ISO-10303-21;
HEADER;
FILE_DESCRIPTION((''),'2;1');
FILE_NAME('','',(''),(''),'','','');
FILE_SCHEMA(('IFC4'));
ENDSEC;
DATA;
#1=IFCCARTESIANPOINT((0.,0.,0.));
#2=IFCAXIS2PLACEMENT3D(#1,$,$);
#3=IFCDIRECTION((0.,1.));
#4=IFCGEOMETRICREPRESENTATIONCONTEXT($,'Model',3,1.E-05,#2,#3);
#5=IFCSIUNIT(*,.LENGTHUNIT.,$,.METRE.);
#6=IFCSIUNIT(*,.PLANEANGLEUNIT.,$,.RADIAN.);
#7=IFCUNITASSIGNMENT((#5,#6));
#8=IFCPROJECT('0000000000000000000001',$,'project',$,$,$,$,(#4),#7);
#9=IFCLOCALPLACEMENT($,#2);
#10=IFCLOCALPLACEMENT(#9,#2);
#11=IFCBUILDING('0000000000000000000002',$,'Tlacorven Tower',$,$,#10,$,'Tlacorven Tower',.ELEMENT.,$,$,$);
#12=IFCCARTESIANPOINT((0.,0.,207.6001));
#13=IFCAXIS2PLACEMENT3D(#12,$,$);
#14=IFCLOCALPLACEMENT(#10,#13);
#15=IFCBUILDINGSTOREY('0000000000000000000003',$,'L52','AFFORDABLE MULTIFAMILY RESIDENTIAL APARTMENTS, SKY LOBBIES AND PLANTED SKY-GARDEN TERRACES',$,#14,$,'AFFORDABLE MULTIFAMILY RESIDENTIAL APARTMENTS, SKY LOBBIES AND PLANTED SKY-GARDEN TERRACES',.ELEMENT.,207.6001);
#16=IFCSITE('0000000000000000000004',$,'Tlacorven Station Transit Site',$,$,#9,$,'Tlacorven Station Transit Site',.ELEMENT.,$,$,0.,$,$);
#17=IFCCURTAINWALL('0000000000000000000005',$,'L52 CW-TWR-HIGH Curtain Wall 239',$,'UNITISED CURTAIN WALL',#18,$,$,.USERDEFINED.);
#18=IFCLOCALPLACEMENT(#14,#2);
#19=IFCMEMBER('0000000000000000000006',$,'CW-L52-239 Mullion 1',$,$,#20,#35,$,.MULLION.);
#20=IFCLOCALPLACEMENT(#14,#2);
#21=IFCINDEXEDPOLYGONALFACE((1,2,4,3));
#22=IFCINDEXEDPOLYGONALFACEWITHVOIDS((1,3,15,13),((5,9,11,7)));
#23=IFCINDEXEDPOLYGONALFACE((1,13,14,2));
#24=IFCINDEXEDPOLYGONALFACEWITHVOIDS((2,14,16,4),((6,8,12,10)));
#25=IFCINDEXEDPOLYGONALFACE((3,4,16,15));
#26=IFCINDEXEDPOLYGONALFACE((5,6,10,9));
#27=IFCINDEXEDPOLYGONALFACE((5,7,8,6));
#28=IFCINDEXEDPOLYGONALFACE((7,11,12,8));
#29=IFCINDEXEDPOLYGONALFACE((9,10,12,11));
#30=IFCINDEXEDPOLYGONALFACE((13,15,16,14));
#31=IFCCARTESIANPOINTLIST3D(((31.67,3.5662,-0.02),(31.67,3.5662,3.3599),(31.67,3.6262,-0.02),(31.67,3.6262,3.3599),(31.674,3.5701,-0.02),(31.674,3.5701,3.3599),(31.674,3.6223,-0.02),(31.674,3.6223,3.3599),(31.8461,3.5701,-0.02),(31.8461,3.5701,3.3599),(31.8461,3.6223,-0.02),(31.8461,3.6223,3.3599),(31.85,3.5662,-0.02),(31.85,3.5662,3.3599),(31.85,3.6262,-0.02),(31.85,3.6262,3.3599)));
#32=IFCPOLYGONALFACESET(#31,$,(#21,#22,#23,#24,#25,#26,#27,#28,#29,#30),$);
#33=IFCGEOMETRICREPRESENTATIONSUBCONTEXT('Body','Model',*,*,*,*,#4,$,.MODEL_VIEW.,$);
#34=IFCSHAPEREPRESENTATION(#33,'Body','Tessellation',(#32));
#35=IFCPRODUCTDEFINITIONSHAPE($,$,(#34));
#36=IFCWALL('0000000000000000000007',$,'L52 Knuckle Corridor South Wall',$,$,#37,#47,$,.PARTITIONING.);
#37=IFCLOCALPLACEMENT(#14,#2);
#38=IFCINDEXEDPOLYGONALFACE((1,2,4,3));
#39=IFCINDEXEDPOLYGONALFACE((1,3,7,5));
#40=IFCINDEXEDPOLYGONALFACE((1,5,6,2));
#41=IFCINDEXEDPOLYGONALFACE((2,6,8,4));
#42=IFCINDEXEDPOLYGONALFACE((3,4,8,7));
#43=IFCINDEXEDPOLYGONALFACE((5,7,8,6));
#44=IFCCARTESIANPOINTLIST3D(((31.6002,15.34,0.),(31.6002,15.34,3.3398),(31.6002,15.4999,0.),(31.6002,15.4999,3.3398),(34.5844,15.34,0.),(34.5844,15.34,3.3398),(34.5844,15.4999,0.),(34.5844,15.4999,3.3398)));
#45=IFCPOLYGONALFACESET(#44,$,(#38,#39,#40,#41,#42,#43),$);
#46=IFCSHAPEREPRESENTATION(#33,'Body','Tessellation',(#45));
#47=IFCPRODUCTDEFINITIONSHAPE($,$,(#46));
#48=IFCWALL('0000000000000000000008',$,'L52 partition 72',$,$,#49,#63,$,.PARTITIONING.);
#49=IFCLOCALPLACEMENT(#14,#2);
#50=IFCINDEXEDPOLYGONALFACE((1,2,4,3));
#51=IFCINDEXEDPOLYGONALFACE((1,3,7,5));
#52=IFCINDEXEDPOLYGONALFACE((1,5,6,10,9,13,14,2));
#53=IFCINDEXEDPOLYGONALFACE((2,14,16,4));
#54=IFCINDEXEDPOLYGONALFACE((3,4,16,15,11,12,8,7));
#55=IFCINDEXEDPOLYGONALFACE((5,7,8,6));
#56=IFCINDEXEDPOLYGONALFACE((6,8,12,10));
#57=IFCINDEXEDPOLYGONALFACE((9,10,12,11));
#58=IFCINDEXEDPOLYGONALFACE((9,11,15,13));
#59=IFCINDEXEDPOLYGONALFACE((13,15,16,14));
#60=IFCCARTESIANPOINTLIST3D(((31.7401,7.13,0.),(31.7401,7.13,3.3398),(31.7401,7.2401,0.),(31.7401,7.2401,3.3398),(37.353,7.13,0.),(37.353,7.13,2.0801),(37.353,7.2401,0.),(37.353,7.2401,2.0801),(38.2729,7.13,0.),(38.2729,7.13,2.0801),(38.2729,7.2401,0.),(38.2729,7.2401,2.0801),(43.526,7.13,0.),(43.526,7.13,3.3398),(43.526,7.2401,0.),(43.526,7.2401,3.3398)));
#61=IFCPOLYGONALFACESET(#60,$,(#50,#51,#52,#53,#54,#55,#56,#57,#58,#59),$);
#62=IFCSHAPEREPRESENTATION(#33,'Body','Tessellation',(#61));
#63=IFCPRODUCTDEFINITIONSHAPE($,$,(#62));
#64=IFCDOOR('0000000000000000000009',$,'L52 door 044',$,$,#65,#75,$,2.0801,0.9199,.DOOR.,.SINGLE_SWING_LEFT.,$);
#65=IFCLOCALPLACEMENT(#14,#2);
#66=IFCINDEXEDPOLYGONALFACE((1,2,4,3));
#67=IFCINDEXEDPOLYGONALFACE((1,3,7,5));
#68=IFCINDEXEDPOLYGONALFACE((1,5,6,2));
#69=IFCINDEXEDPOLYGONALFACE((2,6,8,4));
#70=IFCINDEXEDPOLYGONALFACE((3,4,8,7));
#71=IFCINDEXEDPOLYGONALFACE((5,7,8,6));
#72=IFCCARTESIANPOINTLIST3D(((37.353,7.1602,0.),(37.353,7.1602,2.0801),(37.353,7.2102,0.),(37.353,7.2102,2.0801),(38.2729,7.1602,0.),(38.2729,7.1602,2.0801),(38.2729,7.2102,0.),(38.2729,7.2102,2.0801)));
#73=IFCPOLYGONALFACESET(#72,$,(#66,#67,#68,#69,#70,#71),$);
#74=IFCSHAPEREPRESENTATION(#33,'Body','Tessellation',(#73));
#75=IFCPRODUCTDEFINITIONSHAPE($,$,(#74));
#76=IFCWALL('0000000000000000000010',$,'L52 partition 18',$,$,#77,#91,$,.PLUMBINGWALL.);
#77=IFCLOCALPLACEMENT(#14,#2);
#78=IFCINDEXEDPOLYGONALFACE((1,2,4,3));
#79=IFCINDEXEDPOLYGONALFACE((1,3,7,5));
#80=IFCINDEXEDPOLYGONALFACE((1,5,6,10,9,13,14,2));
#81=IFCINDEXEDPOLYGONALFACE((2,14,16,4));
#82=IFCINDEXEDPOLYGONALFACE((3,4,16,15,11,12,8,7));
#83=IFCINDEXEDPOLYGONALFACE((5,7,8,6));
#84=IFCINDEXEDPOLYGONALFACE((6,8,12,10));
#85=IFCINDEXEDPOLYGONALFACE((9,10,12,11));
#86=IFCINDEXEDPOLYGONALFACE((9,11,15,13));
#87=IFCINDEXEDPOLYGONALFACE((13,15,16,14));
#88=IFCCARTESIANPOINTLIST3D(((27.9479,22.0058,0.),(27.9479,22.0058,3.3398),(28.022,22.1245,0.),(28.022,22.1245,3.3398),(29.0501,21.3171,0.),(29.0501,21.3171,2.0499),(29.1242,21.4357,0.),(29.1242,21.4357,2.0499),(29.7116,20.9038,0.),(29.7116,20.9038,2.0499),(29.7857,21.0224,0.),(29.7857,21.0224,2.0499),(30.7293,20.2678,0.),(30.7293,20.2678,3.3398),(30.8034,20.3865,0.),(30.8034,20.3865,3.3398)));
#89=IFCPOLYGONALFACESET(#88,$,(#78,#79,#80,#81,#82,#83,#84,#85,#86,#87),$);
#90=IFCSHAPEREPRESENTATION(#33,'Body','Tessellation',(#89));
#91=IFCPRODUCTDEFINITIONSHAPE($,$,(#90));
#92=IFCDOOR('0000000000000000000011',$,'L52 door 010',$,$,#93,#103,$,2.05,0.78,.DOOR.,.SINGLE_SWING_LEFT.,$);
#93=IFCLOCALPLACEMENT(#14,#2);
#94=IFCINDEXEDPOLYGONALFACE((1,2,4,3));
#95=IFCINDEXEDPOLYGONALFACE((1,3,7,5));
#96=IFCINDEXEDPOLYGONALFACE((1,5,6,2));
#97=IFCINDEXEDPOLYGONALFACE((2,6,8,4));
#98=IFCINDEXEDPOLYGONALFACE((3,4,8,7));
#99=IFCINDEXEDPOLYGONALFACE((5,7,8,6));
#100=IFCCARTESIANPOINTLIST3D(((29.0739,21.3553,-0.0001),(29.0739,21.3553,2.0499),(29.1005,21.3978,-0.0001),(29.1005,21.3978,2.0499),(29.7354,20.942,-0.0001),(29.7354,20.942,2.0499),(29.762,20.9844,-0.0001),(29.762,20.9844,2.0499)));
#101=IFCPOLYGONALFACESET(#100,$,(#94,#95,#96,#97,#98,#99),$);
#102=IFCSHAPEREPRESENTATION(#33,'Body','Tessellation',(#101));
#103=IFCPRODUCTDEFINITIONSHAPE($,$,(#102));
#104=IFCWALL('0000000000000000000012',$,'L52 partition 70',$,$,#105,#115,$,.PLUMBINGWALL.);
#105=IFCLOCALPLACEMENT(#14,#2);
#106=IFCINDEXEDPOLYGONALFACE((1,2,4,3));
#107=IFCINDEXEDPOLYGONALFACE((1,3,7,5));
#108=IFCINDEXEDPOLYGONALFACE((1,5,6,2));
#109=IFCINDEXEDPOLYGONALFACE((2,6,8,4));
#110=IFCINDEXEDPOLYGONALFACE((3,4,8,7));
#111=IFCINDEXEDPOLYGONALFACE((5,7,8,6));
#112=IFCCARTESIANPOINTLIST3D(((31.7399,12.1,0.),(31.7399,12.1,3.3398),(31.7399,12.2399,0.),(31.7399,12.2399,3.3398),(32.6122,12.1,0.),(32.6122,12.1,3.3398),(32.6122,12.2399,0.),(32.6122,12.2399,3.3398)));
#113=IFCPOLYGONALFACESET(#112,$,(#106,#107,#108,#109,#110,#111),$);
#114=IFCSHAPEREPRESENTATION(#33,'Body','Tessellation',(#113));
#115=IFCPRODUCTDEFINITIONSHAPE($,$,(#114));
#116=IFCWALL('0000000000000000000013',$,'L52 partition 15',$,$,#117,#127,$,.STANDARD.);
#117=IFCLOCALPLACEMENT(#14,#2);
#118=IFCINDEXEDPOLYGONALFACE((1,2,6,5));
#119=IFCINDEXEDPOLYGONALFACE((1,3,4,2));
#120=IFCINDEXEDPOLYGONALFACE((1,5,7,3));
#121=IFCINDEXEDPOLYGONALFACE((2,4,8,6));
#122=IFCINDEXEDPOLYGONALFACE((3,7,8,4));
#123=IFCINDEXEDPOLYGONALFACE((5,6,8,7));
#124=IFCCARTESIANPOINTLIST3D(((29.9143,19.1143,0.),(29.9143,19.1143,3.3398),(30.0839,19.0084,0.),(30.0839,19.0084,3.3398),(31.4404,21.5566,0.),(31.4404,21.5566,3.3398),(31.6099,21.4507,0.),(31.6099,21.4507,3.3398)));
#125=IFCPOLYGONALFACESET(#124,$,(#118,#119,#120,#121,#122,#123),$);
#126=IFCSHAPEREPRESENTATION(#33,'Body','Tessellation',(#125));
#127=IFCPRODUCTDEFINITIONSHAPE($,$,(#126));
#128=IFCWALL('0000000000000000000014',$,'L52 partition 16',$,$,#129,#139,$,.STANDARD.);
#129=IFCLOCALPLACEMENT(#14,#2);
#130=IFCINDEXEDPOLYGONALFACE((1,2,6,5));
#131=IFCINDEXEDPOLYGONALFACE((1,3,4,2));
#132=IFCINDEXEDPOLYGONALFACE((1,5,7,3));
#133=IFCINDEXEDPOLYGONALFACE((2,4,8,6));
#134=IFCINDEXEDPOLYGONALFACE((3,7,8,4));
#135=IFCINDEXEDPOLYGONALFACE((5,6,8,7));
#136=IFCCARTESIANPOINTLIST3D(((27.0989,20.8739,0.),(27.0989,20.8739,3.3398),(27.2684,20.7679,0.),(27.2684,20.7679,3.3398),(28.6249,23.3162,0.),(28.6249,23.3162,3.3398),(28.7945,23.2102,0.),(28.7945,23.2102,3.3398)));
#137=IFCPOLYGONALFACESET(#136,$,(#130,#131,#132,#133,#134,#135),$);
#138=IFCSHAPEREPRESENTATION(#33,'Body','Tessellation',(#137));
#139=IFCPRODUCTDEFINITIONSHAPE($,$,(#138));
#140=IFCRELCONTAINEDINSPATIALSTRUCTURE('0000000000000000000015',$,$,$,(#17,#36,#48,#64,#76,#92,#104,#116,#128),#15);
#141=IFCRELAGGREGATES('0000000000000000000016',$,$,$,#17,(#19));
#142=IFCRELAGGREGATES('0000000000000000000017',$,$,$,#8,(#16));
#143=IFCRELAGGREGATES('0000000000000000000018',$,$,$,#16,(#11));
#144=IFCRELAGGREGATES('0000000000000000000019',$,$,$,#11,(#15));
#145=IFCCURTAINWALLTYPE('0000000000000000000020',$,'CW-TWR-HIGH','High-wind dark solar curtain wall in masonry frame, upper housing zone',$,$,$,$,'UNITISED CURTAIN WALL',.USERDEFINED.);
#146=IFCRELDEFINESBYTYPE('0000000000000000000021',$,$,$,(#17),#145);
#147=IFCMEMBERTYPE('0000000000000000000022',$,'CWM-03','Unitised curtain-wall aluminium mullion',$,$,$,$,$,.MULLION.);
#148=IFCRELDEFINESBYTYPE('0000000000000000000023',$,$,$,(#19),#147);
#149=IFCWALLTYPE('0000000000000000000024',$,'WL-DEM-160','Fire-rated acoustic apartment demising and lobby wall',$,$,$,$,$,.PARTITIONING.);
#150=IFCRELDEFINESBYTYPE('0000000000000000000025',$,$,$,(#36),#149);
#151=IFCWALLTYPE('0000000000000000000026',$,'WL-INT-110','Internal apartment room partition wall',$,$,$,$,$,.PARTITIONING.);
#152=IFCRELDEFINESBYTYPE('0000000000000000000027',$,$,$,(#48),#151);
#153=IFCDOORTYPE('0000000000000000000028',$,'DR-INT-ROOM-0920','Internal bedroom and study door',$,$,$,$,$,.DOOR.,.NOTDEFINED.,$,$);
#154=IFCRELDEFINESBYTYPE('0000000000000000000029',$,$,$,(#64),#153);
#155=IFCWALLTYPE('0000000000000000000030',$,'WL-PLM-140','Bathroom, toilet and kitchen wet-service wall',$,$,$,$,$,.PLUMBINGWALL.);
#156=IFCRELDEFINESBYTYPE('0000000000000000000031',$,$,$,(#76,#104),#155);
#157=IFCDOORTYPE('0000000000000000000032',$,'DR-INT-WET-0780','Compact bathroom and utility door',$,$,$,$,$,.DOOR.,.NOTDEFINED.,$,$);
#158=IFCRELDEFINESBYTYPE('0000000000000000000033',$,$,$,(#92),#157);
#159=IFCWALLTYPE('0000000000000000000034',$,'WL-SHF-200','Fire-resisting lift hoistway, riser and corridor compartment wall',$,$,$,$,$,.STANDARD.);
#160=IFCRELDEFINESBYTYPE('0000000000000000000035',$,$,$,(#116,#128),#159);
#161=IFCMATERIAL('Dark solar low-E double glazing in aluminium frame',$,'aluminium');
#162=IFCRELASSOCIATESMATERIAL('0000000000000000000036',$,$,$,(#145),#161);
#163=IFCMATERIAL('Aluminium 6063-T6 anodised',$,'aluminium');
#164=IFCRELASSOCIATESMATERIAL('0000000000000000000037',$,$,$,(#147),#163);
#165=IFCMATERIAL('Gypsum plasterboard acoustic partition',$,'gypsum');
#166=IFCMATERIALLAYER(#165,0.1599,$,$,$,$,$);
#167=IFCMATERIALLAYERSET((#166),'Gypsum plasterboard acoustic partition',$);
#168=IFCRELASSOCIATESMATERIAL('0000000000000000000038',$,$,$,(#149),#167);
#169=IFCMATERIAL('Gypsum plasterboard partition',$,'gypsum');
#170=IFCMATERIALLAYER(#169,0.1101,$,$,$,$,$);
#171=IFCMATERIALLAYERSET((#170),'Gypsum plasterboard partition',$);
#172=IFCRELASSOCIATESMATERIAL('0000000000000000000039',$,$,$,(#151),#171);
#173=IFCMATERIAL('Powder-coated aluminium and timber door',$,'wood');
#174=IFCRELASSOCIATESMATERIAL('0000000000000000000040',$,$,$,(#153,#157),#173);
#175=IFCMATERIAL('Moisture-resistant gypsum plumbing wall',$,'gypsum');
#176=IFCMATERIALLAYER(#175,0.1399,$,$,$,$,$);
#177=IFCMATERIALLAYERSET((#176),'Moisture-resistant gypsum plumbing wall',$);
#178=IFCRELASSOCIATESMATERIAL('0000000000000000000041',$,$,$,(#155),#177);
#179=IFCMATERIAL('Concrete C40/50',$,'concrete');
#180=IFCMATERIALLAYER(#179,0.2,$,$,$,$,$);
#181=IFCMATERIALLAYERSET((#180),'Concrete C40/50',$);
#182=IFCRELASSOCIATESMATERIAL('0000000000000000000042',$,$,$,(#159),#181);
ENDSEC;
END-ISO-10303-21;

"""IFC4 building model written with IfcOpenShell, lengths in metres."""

from ifc_helpers import new_model, si_unit, direction, frame, frame_2d, origin, origin_2d, place, context, subcontext, project, spatial, rectangle, hollow_rectangle, extrude, source, transform, mapped, material, layer, layer_set, material_profile, profile_set, type_object, element, fill, aggregate, save


model = new_model("IFC4")

# Units and contexts
model_context = context("Model", 3, precision=1e-05, world=origin(), true_north=direction((0.0, 1.0)))
body_context = subcontext(model_context, "Body", "Model", "MODEL_VIEW")
ifc_project = project(units=[si_unit("LENGTHUNIT", "METRE"), si_unit("PLANEANGLEUNIT", "RADIAN")], contexts=[model_context])

# Site, building, storey
site_placement = place(None, origin())
site = spatial("IfcSite", under=ifc_project, at=site_placement, Name="Tlacorven Station Transit Site", LongName="Tlacorven Station Transit Site", CompositionType="ELEMENT", RefElevation=0.0)
building_placement = place(site_placement, origin())
building = spatial("IfcBuilding", under=site, at=building_placement, Name="Tlacorven Tower", LongName="Tlacorven Tower", CompositionType="ELEMENT")
storey_placement = place(building_placement, frame((0.0, 0.0, 207.6001)))
storey = spatial("IfcBuildingStorey", under=building, at=storey_placement, Name="L52", Description="AFFORDABLE MULTIFAMILY RESIDENTIAL APARTMENTS, SKY LOBBIES AND PLANTED SKY-GARDEN TERRACES", LongName="AFFORDABLE MULTIFAMILY RESIDENTIAL APARTMENTS, SKY LOBBIES AND PLANTED SKY-GARDEN TERRACES", CompositionType="ELEMENT", Elevation=207.6001)

# Curtain wall, member
ifc_material_1 = material(Name="Dark solar low-E double glazing in aluminium frame", Category="aluminium")
curtain_wall_type = type_object("IfcCurtainWallType", Name="CW-TWR-HIGH", Description="High-wind dark solar curtain wall in masonry frame, upper housing zone", ElementType="UNITISED CURTAIN WALL", PredefinedType="USERDEFINED", material=ifc_material_1)
curtain_wall_placement = place(storey_placement, origin())
curtain_wall = element("IfcCurtainWall", 1, at=curtain_wall_placement, inside=storey, type_object=curtain_wall_type, Name="L52 CW-TWR-HIGH Curtain Wall 239", ObjectType="UNITISED CURTAIN WALL", PredefinedType="USERDEFINED")
ifc_material_2 = material(Name="Aluminium 6063-T6 anodised", Category="aluminium")
ifc_material_profile = material_profile(ifc_material_2, hollow_rectangle(XDim=0.0601, YDim=0.1799, WallThickness=0.0039, at=origin_2d()), Name="ALU MULLION 60X180")
ifc_profile_set = profile_set([ifc_material_profile], Name="Aluminium 6063-T6 anodised")
member_type = type_object("IfcMemberType", Name="CWM-03", Description="Unitised curtain-wall aluminium mullion", PredefinedType="MULLION", material=ifc_profile_set)
shared_shape_1 = source(origin(), body_context, "Body", "SweptSolid", [
    extrude(hollow_rectangle(XDim=0.0601, YDim=0.1799, WallThickness=0.0039, at=origin_2d()), origin(), (0.0, 0.0, 1.0), 3.3799),
])
member_placement = place(storey_placement, frame((31.76, 3.5962, -0.02), z_axis=(0.0, 0.0, 1.0), x_axis=(0.0, 1.0, 0.0)))
member = element("IfcMember", 2, at=member_placement, type_object=member_type, Name="CW-L52-239 Mullion 1", PredefinedType="MULLION", context=body_context, shape_type="MappedRepresentation", body=[
    mapped(shared_shape_1, transform((0.0, 0.0, 0.0), scale=1.0)),
])
aggregate(curtain_wall, [member])

# Wall
ifc_material_3 = material(Name="Gypsum plasterboard acoustic partition", Category="gypsum")
ifc_layer_1 = layer(ifc_material_3, 0.1599)
ifc_layer_set_1 = layer_set([ifc_layer_1], Name="Gypsum plasterboard acoustic partition")
wall_type_1 = type_object("IfcWallType", Name="WL-DEM-160", Description="Fire-rated acoustic apartment demising and lobby wall", PredefinedType="PARTITIONING", material=ifc_layer_set_1)
wall_1_placement = place(storey_placement, frame((31.6001, 15.4199, 0.0), z_axis=(0.0, 0.0, 1.0), x_axis=(1.0, 0.0, 0.0)))
element("IfcWall", 3, at=wall_1_placement, inside=storey, type_object=wall_type_1, Name="L52 Knuckle Corridor South Wall", PredefinedType="PARTITIONING", context=body_context, shape_type="SweptSolid", body=[
    extrude(rectangle(XDim=2.9841, YDim=0.1599, at=frame_2d((1.4922, 0.0))), origin(), (0.0, 0.0, 1.0), 3.3398),
])

# Walls, openings, doors
ifc_material_4 = material(Name="Gypsum plasterboard partition", Category="gypsum")
ifc_layer_2 = layer(ifc_material_4, 0.1101)
ifc_layer_set_2 = layer_set([ifc_layer_2], Name="Gypsum plasterboard partition")
wall_type_2 = type_object("IfcWallType", Name="WL-INT-110", Description="Internal apartment room partition wall", PredefinedType="PARTITIONING", material=ifc_layer_set_2)
wall_2_placement = place(storey_placement, frame((31.74, 7.1851, 0.0), z_axis=(0.0, 0.0, 1.0), x_axis=(1.0, 0.0, 0.0)))
wall_2 = element("IfcWall", 4, at=wall_2_placement, inside=storey, type_object=wall_type_2, Name="L52 partition 72", PredefinedType="PARTITIONING", context=body_context, shape_type="SweptSolid", body=[
    extrude(rectangle(XDim=11.7859, YDim=0.1101, at=frame_2d((5.8931, 0.0))), origin(), (0.0, 0.0, 1.0), 3.3398),
])
opening_1_placement = place(wall_2_placement, frame((5.613, 0.0, 0.0)))
opening_1 = element("IfcOpeningElement", 5, at=opening_1_placement, cuts=wall_2, PredefinedType="OPENING", context=body_context, shape_type="SweptSolid", body=[
    extrude(rectangle(XDim=0.9199, YDim=2.0801, at=frame_2d((0.46, 1.04))), frame((0.0, 0.0649, 0.0), z_axis=(0.0, -1.0, 0.0), x_axis=(1.0, 0.0, 0.0)), (0.0, 0.0, 1.0), 0.1301),
])
ifc_material_5 = material(Name="Powder-coated aluminium and timber door", Category="wood")
door_type_1 = type_object("IfcDoorType", Name="DR-INT-ROOM-0920", Description="Internal bedroom and study door", OperationType="NOTDEFINED", PredefinedType="DOOR", material=ifc_material_5)
shared_shape_2 = source(origin(), body_context, "Body", "SweptSolid", [
    extrude(rectangle(XDim=0.9199, YDim=2.0801, at=frame_2d((0.46, 1.04))), frame((0.0, 0.0249, 0.0), z_axis=(0.0, -1.0, 0.0), x_axis=(1.0, 0.0, 0.0)), (0.0, 0.0, 1.0), 0.05),
])
door_1_placement = place(opening_1_placement, frame((0.9199, 0.0, 0.0), z_axis=(0.0, 0.0, 1.0), x_axis=(-1.0, 0.0, 0.0)))
door_1 = element("IfcDoor", 6, at=door_1_placement, inside=storey, type_object=door_type_1, Name="L52 door 044", OperationType="SINGLE_SWING_LEFT", OverallHeight=2.0801, OverallWidth=0.9199, PredefinedType="DOOR", context=body_context, shape_type="MappedRepresentation", body=[
    mapped(shared_shape_2, transform((0.0, 0.0, 0.0), scale=1.0)),
])
fill(opening_1, door_1)
ifc_material_6 = material(Name="Moisture-resistant gypsum plumbing wall", Category="gypsum")
ifc_layer_3 = layer(ifc_material_6, 0.1399)
ifc_layer_set_3 = layer_set([ifc_layer_3], Name="Moisture-resistant gypsum plumbing wall")
wall_type_3 = type_object("IfcWallType", Name="WL-PLM-140", Description="Bathroom, toilet and kitchen wet-service wall", PredefinedType="PLUMBINGWALL", material=ifc_layer_set_3)
wall_3_placement = place(storey_placement, frame((30.7664, 20.3271, 0.0), z_axis=(0.0, 0.0, 1.0), x_axis=(-0.848053, 0.529912, 0.0)))
wall_3 = element("IfcWall", 7, at=wall_3_placement, inside=storey, type_object=wall_type_3, Name="L52 partition 18", PredefinedType="PLUMBINGWALL", context=body_context, shape_type="SweptSolid", body=[
    extrude(rectangle(XDim=3.2798, YDim=0.1399, at=frame_2d((1.6399, 0.0))), origin(), (0.0, 0.0, 1.0), 3.3398),
])
opening_2_placement = place(wall_3_placement, frame((1.2, 0.0, 0.0)))
opening_2 = element("IfcOpeningElement", 8, at=opening_2_placement, cuts=wall_3, PredefinedType="OPENING", context=body_context, shape_type="SweptSolid", body=[
    extrude(rectangle(XDim=0.78, YDim=2.05, at=frame_2d((0.3901, 1.0249))), frame((0.0, 0.0801, 0.0), z_axis=(0.0, -1.0, 0.0), x_axis=(1.0, 0.0, 0.0)), (0.0, 0.0, 1.0), 0.1599),
])
door_type_2 = type_object("IfcDoorType", Name="DR-INT-WET-0780", Description="Compact bathroom and utility door", OperationType="NOTDEFINED", PredefinedType="DOOR", material=ifc_material_5)
shared_shape_3 = source(origin(), body_context, "Body", "SweptSolid", [
    extrude(rectangle(XDim=0.78, YDim=2.05, at=frame_2d((0.3901, 1.0249))), frame((0.0, 0.0249, 0.0), z_axis=(0.0, -1.0, 0.0), x_axis=(1.0, 0.0, 0.0)), (0.0, 0.0, 1.0), 0.05),
])
door_2_placement = place(opening_2_placement, origin())
door_2 = element("IfcDoor", 9, at=door_2_placement, inside=storey, type_object=door_type_2, Name="L52 door 010", OperationType="SINGLE_SWING_LEFT", OverallHeight=2.05, OverallWidth=0.78, PredefinedType="DOOR", context=body_context, shape_type="MappedRepresentation", body=[
    mapped(shared_shape_3, transform((0.0, 0.0, 0.0), scale=1.0)),
])
fill(opening_2, door_2)

# Walls
wall_4_placement = place(storey_placement, frame((31.74, 12.1699, 0.0), z_axis=(0.0, 0.0, 1.0), x_axis=(1.0, 0.0, 0.0)))
element("IfcWall", 10, at=wall_4_placement, inside=storey, type_object=wall_type_3, Name="L52 partition 70", PredefinedType="PLUMBINGWALL", context=body_context, shape_type="SweptSolid", body=[
    extrude(rectangle(XDim=0.8723, YDim=0.1399, at=frame_2d((0.436, 0.0))), origin(), (0.0, 0.0, 1.0), 3.3398),
])
ifc_material_7 = material(Name="Concrete C40/50", Category="concrete")
ifc_layer_4 = layer(ifc_material_7, 0.2)
ifc_layer_set_4 = layer_set([ifc_layer_4], Name="Concrete C40/50")
wall_type_4 = type_object("IfcWallType", Name="WL-SHF-200", Description="Fire-resisting lift hoistway, riser and corridor compartment wall", PredefinedType="STANDARD", material=ifc_layer_set_4)
for number, where, z_axis, x_axis, name in (
    (11, (31.5251, 21.5037, 0.0), (0.0, 0.0, 1.0), (-0.529907, -0.848055, 0.0), "L52 partition 15"),
    (12, (28.7097, 23.2632, 0.0), (0.0, 0.0, 1.0), (-0.529907, -0.848055, 0.0), "L52 partition 16"),
):
    element("IfcWall", number, at=place(storey_placement, frame(where, z_axis=z_axis, x_axis=x_axis)), inside=storey, type_object=wall_type_4, Name=name, PredefinedType="STANDARD", context=body_context, shape_type="SweptSolid", body=[
        extrude(rectangle(XDim=2.8799, YDim=0.2, at=frame_2d((1.4399, 0.0))), origin(), (0.0, 0.0, 1.0), 3.3398),
    ])

save(model, "model.ifc")
